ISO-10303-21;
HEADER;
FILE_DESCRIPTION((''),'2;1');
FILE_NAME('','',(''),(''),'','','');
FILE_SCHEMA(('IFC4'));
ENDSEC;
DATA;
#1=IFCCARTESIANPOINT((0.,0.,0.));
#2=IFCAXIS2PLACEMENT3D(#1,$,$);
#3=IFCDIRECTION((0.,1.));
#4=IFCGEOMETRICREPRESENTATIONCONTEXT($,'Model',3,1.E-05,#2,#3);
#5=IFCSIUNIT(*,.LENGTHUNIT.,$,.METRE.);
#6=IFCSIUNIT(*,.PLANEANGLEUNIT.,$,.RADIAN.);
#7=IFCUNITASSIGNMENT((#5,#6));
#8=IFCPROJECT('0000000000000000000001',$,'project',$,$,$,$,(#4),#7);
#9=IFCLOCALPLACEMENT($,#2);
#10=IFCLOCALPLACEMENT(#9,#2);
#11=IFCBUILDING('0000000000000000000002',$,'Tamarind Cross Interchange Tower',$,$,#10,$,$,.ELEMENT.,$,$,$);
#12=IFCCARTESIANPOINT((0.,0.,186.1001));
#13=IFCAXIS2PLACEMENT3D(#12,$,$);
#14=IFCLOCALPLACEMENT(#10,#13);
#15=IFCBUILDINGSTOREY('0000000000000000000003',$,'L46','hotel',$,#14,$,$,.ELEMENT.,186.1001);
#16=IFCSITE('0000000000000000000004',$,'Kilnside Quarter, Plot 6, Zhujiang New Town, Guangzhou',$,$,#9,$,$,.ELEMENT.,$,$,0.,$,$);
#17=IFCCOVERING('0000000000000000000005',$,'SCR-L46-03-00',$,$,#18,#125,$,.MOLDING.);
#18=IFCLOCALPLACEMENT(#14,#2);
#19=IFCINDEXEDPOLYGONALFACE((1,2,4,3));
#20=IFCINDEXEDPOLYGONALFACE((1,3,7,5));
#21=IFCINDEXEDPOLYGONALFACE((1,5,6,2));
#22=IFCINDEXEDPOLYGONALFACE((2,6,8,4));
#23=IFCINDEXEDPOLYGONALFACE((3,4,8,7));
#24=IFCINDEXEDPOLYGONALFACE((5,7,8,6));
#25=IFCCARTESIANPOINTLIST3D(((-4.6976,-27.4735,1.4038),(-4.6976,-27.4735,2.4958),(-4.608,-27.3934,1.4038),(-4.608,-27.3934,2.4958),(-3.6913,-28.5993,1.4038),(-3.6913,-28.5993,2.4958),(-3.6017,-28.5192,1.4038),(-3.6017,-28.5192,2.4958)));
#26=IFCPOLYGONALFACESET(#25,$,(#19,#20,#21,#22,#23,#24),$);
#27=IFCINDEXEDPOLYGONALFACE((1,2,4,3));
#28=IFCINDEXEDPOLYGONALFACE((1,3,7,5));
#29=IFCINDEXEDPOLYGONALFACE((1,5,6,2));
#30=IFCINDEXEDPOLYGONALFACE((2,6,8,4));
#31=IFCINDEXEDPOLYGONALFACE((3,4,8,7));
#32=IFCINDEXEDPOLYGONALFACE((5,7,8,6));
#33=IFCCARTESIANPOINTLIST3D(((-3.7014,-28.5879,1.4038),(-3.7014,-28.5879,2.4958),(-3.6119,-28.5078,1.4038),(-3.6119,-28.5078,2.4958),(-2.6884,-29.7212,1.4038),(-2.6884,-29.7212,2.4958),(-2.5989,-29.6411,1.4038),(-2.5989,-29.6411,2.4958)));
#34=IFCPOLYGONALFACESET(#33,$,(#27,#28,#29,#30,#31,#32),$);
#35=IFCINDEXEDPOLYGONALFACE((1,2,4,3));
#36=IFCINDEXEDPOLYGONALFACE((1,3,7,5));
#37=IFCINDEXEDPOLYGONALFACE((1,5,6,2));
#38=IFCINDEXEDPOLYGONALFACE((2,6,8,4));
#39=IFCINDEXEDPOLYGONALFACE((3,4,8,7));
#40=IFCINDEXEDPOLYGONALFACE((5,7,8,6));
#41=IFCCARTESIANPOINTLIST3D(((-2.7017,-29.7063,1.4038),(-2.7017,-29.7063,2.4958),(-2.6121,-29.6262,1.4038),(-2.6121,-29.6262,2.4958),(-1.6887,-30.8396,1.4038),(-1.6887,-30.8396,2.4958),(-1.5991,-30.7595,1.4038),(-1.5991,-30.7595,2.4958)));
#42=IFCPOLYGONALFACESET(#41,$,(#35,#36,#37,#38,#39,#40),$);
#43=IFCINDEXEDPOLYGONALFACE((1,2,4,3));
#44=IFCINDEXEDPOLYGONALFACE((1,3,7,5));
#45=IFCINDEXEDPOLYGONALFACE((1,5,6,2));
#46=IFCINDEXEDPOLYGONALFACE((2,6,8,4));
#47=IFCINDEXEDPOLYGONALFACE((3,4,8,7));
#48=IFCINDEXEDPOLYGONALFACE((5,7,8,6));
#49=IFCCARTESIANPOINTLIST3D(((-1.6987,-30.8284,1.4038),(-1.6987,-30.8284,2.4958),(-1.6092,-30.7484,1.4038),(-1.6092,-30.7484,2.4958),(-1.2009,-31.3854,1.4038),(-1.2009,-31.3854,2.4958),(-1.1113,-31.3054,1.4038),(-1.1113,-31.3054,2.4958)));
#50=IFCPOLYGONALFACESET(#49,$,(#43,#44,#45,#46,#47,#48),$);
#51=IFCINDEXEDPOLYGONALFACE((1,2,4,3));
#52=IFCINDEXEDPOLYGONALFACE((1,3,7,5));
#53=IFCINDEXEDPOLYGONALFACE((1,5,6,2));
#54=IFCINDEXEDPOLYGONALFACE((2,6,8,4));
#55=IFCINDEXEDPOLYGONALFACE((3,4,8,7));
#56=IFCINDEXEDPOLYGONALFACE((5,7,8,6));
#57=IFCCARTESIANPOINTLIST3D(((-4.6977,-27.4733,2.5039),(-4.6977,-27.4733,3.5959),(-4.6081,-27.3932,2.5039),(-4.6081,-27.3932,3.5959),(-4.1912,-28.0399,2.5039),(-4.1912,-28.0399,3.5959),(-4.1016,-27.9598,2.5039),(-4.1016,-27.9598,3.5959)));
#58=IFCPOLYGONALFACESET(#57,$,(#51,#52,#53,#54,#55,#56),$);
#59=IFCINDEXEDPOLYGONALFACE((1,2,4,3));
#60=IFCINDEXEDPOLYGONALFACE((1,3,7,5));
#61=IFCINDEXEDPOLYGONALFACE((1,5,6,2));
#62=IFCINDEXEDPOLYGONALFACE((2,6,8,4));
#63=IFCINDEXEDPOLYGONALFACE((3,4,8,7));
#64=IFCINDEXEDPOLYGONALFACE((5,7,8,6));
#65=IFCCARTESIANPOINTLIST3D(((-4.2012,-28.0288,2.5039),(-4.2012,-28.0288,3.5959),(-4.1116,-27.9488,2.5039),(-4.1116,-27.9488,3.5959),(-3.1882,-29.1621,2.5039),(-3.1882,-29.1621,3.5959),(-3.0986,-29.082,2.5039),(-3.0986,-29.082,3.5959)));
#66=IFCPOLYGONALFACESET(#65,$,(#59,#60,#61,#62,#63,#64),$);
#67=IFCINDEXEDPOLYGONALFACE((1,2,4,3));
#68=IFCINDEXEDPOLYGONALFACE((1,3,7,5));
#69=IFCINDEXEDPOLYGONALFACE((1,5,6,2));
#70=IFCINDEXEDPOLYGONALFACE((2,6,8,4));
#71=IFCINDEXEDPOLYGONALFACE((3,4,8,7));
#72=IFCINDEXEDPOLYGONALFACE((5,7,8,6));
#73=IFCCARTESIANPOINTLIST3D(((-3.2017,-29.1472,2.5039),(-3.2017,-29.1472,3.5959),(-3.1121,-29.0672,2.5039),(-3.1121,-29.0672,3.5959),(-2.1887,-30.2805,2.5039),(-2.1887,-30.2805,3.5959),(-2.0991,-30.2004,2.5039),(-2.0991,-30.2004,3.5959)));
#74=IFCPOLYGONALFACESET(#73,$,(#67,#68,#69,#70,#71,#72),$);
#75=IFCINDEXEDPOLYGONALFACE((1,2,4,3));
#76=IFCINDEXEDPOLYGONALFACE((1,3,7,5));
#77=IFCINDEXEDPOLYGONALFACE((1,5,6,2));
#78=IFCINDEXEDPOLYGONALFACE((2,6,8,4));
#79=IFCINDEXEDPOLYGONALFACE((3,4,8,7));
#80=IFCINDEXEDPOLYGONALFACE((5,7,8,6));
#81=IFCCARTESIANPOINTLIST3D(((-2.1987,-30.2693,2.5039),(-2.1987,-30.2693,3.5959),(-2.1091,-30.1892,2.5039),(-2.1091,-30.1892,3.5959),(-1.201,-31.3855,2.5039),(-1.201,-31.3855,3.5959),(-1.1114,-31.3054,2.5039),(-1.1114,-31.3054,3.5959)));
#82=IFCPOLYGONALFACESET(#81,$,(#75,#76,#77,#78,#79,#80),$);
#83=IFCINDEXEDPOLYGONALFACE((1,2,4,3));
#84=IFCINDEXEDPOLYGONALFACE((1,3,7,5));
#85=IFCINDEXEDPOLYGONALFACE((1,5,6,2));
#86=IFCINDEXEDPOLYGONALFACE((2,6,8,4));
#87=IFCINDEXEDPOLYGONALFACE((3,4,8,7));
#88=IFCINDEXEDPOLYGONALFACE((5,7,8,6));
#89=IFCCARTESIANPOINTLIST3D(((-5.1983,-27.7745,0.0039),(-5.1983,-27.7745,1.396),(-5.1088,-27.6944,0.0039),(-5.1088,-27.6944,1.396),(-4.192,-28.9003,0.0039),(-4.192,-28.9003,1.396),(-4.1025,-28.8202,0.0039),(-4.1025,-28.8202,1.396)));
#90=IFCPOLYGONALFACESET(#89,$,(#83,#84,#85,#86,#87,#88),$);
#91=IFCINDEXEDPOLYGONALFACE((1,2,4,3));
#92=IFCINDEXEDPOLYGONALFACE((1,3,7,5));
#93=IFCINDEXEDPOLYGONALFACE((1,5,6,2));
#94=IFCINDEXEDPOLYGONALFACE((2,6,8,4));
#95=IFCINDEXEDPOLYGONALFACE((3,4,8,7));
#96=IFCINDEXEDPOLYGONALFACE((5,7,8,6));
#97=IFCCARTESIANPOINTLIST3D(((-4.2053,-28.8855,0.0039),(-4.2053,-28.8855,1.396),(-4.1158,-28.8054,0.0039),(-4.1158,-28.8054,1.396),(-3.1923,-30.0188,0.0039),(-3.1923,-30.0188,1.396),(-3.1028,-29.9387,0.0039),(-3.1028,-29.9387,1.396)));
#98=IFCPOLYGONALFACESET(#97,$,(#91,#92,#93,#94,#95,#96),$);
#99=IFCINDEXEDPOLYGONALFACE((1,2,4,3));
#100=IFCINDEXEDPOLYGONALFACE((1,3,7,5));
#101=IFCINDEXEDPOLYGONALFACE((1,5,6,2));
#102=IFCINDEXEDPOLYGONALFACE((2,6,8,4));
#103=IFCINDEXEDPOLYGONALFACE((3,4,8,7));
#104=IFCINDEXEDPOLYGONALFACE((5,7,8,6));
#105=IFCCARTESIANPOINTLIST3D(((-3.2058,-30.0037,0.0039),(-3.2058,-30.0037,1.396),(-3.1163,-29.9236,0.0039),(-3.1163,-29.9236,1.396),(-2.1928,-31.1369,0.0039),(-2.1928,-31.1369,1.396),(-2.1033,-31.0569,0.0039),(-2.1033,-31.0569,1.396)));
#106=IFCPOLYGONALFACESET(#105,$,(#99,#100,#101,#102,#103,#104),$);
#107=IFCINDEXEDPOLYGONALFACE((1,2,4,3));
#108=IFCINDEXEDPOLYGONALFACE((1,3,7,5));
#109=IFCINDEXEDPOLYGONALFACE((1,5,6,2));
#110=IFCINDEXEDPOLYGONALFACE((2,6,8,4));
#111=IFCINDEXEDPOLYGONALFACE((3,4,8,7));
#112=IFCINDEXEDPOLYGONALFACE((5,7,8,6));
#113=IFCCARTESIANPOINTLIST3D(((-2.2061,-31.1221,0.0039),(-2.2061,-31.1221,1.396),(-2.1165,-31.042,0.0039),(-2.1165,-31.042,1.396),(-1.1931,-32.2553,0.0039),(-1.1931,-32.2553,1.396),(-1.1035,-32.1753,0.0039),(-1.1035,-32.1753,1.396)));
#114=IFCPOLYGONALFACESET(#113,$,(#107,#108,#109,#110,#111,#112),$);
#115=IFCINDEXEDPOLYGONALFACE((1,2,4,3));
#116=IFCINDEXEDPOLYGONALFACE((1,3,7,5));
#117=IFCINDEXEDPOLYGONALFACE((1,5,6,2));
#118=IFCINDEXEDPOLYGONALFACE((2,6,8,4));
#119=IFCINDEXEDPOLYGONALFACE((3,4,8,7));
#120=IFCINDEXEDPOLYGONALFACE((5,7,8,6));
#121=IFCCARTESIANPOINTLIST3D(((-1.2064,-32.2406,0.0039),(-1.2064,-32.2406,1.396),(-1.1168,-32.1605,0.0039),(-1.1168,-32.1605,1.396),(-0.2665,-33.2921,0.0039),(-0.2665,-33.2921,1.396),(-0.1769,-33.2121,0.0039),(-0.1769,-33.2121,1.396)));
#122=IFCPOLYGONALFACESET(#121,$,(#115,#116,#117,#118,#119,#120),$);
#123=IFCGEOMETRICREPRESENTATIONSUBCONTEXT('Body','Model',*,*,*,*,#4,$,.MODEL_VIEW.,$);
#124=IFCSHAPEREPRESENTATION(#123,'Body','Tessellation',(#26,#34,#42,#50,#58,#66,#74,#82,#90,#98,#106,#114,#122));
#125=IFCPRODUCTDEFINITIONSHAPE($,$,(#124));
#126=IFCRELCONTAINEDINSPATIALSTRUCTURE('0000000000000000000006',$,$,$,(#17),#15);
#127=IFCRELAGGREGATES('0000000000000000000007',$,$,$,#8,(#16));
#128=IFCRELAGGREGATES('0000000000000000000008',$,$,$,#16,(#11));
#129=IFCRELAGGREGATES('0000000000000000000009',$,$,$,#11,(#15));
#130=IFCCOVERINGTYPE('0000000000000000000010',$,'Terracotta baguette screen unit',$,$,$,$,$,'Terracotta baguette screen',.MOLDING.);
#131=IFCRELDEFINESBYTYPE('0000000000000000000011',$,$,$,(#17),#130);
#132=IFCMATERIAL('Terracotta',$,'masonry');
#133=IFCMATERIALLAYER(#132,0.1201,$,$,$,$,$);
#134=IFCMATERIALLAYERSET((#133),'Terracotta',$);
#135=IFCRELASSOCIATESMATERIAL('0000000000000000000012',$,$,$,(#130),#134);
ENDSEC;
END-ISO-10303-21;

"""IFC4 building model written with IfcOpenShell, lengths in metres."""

from ifc_helpers import new_model, si_unit, direction, frame, origin, origin_2d, place, context, subcontext, project, spatial, rectangle, extrude, material, layer, layer_set, type_object, element, save


model = new_model("IFC4")

# Units and contexts
model_context = context("Model", 3, precision=1e-05, world=origin(), true_north=direction((0.0, 1.0)))
body_context = subcontext(model_context, "Body", "Model", "MODEL_VIEW")
ifc_project = project(units=[si_unit("LENGTHUNIT", "METRE"), si_unit("PLANEANGLEUNIT", "RADIAN")], contexts=[model_context])

# Site, building, storey
site_placement = place(None, origin())
site = spatial("IfcSite", under=ifc_project, at=site_placement, Name="Kilnside Quarter, Plot 6, Zhujiang New Town, Guangzhou", CompositionType="ELEMENT", RefElevation=0.0)
building_placement = place(site_placement, origin())
building = spatial("IfcBuilding", under=site, at=building_placement, Name="Tamarind Cross Interchange Tower", CompositionType="ELEMENT")
storey_placement = place(building_placement, frame((0.0, 0.0, 186.1001)))
storey = spatial("IfcBuildingStorey", under=building, at=storey_placement, Name="L46", Description="hotel", CompositionType="ELEMENT", Elevation=186.1001)

# Covering
ifc_material_1 = material(Name="Terracotta", Category="masonry")
ifc_layer_1 = layer(ifc_material_1, 0.1201)
ifc_layer_set_1 = layer_set([ifc_layer_1], Name="Terracotta")
covering_type = type_object("IfcCoveringType", Name="Terracotta baguette screen unit", ElementType="Terracotta baguette screen", PredefinedType="MOLDING", material=ifc_layer_set_1)
covering_1_placement = place(storey_placement, origin())
element("IfcCovering", 1, at=covering_1_placement, inside=storey, type_object=covering_type, Name="SCR-L46-03-00", PredefinedType="MOLDING", context=body_context, shape_type="SweptSolid", body=[
    extrude(rectangle(XDim=1.51, YDim=0.1201, at=origin_2d()), frame((-4.1497, -27.9963, 1.4038), z_axis=(0.0, 0.0, 1.0), x_axis=(0.666428, -0.745569, 0.0)), (0.0, 0.0, 1.0), 1.092),
    extrude(rectangle(XDim=1.52, YDim=0.1201, at=origin_2d()), frame((-3.1501, -29.1145, 1.4038), z_axis=(0.0, 0.0, 1.0), x_axis=(0.666428, -0.745569, 0.0)), (0.0, 0.0, 1.0), 1.092),
    extrude(rectangle(XDim=1.52, YDim=0.1201, at=origin_2d()), frame((-2.1504, -30.2329, 1.4038), z_axis=(0.0, 0.0, 1.0), x_axis=(0.666428, -0.745569, 0.0)), (0.0, 0.0, 1.0), 1.092),
    extrude(rectangle(XDim=0.7471, YDim=0.1201, at=origin_2d()), frame((-1.405, -31.0669, 1.4038), z_axis=(0.0, 0.0, 1.0), x_axis=(0.666428, -0.745569, 0.0)), (0.0, 0.0, 1.0), 1.092),
    extrude(rectangle(XDim=0.76, YDim=0.1201, at=origin_2d()), frame((-4.3997, -27.7166, 2.5039), z_axis=(0.0, 0.0, 1.0), x_axis=(0.666428, -0.745569, 0.0)), (0.0, 0.0, 1.0), 1.092),
    extrude(rectangle(XDim=1.52, YDim=0.1201, at=origin_2d()), frame((-3.6499, -28.5554, 2.5039), z_axis=(0.0, 0.0, 1.0), x_axis=(0.666428, -0.745569, 0.0)), (0.0, 0.0, 1.0), 1.092),
    extrude(rectangle(XDim=1.52, YDim=0.1201, at=origin_2d()), frame((-2.6504, -29.6738, 2.5039), z_axis=(0.0, 0.0, 1.0), x_axis=(0.666428, -0.745569, 0.0)), (0.0, 0.0, 1.0), 1.092),
    extrude(rectangle(XDim=1.4971, YDim=0.1201, at=origin_2d()), frame((-1.655, -30.7874, 2.5039), z_axis=(0.0, 0.0, 1.0), x_axis=(0.666428, -0.745569, 0.0)), (0.0, 0.0, 1.0), 1.092),
    extrude(rectangle(XDim=1.51, YDim=0.1201, at=origin_2d()), frame((-4.6504, -28.2974, 0.0039), z_axis=(0.0, 0.0, 1.0), x_axis=(0.666428, -0.745569, 0.0)), (0.0, 0.0, 1.0), 1.3921),
    extrude(rectangle(XDim=1.52, YDim=0.1201, at=origin_2d()), frame((-3.6541, -29.4121, 0.0039), z_axis=(0.0, 0.0, 1.0), x_axis=(0.666428, -0.745569, 0.0)), (0.0, 0.0, 1.0), 1.3921),
    extrude(rectangle(XDim=1.52, YDim=0.1201, at=origin_2d()), frame((-2.6545, -30.5303, 0.0039), z_axis=(0.0, 0.0, 1.0), x_axis=(0.666428, -0.745569, 0.0)), (0.0, 0.0, 1.0), 1.3921),
    extrude(rectangle(XDim=1.52, YDim=0.1201, at=origin_2d()), frame((-1.6548, -31.6487, 0.0039), z_axis=(0.0, 0.0, 1.0), x_axis=(0.666428, -0.745569, 0.0)), (0.0, 0.0, 1.0), 1.3921),
    extrude(rectangle(XDim=1.4104, YDim=0.1201, at=origin_2d()), frame((-0.6917, -32.7263, 0.0039), z_axis=(0.0, 0.0, 1.0), x_axis=(0.666428, -0.745569, 0.0)), (0.0, 0.0, 1.0), 1.3921),
])

save(model, "model.ifc")
